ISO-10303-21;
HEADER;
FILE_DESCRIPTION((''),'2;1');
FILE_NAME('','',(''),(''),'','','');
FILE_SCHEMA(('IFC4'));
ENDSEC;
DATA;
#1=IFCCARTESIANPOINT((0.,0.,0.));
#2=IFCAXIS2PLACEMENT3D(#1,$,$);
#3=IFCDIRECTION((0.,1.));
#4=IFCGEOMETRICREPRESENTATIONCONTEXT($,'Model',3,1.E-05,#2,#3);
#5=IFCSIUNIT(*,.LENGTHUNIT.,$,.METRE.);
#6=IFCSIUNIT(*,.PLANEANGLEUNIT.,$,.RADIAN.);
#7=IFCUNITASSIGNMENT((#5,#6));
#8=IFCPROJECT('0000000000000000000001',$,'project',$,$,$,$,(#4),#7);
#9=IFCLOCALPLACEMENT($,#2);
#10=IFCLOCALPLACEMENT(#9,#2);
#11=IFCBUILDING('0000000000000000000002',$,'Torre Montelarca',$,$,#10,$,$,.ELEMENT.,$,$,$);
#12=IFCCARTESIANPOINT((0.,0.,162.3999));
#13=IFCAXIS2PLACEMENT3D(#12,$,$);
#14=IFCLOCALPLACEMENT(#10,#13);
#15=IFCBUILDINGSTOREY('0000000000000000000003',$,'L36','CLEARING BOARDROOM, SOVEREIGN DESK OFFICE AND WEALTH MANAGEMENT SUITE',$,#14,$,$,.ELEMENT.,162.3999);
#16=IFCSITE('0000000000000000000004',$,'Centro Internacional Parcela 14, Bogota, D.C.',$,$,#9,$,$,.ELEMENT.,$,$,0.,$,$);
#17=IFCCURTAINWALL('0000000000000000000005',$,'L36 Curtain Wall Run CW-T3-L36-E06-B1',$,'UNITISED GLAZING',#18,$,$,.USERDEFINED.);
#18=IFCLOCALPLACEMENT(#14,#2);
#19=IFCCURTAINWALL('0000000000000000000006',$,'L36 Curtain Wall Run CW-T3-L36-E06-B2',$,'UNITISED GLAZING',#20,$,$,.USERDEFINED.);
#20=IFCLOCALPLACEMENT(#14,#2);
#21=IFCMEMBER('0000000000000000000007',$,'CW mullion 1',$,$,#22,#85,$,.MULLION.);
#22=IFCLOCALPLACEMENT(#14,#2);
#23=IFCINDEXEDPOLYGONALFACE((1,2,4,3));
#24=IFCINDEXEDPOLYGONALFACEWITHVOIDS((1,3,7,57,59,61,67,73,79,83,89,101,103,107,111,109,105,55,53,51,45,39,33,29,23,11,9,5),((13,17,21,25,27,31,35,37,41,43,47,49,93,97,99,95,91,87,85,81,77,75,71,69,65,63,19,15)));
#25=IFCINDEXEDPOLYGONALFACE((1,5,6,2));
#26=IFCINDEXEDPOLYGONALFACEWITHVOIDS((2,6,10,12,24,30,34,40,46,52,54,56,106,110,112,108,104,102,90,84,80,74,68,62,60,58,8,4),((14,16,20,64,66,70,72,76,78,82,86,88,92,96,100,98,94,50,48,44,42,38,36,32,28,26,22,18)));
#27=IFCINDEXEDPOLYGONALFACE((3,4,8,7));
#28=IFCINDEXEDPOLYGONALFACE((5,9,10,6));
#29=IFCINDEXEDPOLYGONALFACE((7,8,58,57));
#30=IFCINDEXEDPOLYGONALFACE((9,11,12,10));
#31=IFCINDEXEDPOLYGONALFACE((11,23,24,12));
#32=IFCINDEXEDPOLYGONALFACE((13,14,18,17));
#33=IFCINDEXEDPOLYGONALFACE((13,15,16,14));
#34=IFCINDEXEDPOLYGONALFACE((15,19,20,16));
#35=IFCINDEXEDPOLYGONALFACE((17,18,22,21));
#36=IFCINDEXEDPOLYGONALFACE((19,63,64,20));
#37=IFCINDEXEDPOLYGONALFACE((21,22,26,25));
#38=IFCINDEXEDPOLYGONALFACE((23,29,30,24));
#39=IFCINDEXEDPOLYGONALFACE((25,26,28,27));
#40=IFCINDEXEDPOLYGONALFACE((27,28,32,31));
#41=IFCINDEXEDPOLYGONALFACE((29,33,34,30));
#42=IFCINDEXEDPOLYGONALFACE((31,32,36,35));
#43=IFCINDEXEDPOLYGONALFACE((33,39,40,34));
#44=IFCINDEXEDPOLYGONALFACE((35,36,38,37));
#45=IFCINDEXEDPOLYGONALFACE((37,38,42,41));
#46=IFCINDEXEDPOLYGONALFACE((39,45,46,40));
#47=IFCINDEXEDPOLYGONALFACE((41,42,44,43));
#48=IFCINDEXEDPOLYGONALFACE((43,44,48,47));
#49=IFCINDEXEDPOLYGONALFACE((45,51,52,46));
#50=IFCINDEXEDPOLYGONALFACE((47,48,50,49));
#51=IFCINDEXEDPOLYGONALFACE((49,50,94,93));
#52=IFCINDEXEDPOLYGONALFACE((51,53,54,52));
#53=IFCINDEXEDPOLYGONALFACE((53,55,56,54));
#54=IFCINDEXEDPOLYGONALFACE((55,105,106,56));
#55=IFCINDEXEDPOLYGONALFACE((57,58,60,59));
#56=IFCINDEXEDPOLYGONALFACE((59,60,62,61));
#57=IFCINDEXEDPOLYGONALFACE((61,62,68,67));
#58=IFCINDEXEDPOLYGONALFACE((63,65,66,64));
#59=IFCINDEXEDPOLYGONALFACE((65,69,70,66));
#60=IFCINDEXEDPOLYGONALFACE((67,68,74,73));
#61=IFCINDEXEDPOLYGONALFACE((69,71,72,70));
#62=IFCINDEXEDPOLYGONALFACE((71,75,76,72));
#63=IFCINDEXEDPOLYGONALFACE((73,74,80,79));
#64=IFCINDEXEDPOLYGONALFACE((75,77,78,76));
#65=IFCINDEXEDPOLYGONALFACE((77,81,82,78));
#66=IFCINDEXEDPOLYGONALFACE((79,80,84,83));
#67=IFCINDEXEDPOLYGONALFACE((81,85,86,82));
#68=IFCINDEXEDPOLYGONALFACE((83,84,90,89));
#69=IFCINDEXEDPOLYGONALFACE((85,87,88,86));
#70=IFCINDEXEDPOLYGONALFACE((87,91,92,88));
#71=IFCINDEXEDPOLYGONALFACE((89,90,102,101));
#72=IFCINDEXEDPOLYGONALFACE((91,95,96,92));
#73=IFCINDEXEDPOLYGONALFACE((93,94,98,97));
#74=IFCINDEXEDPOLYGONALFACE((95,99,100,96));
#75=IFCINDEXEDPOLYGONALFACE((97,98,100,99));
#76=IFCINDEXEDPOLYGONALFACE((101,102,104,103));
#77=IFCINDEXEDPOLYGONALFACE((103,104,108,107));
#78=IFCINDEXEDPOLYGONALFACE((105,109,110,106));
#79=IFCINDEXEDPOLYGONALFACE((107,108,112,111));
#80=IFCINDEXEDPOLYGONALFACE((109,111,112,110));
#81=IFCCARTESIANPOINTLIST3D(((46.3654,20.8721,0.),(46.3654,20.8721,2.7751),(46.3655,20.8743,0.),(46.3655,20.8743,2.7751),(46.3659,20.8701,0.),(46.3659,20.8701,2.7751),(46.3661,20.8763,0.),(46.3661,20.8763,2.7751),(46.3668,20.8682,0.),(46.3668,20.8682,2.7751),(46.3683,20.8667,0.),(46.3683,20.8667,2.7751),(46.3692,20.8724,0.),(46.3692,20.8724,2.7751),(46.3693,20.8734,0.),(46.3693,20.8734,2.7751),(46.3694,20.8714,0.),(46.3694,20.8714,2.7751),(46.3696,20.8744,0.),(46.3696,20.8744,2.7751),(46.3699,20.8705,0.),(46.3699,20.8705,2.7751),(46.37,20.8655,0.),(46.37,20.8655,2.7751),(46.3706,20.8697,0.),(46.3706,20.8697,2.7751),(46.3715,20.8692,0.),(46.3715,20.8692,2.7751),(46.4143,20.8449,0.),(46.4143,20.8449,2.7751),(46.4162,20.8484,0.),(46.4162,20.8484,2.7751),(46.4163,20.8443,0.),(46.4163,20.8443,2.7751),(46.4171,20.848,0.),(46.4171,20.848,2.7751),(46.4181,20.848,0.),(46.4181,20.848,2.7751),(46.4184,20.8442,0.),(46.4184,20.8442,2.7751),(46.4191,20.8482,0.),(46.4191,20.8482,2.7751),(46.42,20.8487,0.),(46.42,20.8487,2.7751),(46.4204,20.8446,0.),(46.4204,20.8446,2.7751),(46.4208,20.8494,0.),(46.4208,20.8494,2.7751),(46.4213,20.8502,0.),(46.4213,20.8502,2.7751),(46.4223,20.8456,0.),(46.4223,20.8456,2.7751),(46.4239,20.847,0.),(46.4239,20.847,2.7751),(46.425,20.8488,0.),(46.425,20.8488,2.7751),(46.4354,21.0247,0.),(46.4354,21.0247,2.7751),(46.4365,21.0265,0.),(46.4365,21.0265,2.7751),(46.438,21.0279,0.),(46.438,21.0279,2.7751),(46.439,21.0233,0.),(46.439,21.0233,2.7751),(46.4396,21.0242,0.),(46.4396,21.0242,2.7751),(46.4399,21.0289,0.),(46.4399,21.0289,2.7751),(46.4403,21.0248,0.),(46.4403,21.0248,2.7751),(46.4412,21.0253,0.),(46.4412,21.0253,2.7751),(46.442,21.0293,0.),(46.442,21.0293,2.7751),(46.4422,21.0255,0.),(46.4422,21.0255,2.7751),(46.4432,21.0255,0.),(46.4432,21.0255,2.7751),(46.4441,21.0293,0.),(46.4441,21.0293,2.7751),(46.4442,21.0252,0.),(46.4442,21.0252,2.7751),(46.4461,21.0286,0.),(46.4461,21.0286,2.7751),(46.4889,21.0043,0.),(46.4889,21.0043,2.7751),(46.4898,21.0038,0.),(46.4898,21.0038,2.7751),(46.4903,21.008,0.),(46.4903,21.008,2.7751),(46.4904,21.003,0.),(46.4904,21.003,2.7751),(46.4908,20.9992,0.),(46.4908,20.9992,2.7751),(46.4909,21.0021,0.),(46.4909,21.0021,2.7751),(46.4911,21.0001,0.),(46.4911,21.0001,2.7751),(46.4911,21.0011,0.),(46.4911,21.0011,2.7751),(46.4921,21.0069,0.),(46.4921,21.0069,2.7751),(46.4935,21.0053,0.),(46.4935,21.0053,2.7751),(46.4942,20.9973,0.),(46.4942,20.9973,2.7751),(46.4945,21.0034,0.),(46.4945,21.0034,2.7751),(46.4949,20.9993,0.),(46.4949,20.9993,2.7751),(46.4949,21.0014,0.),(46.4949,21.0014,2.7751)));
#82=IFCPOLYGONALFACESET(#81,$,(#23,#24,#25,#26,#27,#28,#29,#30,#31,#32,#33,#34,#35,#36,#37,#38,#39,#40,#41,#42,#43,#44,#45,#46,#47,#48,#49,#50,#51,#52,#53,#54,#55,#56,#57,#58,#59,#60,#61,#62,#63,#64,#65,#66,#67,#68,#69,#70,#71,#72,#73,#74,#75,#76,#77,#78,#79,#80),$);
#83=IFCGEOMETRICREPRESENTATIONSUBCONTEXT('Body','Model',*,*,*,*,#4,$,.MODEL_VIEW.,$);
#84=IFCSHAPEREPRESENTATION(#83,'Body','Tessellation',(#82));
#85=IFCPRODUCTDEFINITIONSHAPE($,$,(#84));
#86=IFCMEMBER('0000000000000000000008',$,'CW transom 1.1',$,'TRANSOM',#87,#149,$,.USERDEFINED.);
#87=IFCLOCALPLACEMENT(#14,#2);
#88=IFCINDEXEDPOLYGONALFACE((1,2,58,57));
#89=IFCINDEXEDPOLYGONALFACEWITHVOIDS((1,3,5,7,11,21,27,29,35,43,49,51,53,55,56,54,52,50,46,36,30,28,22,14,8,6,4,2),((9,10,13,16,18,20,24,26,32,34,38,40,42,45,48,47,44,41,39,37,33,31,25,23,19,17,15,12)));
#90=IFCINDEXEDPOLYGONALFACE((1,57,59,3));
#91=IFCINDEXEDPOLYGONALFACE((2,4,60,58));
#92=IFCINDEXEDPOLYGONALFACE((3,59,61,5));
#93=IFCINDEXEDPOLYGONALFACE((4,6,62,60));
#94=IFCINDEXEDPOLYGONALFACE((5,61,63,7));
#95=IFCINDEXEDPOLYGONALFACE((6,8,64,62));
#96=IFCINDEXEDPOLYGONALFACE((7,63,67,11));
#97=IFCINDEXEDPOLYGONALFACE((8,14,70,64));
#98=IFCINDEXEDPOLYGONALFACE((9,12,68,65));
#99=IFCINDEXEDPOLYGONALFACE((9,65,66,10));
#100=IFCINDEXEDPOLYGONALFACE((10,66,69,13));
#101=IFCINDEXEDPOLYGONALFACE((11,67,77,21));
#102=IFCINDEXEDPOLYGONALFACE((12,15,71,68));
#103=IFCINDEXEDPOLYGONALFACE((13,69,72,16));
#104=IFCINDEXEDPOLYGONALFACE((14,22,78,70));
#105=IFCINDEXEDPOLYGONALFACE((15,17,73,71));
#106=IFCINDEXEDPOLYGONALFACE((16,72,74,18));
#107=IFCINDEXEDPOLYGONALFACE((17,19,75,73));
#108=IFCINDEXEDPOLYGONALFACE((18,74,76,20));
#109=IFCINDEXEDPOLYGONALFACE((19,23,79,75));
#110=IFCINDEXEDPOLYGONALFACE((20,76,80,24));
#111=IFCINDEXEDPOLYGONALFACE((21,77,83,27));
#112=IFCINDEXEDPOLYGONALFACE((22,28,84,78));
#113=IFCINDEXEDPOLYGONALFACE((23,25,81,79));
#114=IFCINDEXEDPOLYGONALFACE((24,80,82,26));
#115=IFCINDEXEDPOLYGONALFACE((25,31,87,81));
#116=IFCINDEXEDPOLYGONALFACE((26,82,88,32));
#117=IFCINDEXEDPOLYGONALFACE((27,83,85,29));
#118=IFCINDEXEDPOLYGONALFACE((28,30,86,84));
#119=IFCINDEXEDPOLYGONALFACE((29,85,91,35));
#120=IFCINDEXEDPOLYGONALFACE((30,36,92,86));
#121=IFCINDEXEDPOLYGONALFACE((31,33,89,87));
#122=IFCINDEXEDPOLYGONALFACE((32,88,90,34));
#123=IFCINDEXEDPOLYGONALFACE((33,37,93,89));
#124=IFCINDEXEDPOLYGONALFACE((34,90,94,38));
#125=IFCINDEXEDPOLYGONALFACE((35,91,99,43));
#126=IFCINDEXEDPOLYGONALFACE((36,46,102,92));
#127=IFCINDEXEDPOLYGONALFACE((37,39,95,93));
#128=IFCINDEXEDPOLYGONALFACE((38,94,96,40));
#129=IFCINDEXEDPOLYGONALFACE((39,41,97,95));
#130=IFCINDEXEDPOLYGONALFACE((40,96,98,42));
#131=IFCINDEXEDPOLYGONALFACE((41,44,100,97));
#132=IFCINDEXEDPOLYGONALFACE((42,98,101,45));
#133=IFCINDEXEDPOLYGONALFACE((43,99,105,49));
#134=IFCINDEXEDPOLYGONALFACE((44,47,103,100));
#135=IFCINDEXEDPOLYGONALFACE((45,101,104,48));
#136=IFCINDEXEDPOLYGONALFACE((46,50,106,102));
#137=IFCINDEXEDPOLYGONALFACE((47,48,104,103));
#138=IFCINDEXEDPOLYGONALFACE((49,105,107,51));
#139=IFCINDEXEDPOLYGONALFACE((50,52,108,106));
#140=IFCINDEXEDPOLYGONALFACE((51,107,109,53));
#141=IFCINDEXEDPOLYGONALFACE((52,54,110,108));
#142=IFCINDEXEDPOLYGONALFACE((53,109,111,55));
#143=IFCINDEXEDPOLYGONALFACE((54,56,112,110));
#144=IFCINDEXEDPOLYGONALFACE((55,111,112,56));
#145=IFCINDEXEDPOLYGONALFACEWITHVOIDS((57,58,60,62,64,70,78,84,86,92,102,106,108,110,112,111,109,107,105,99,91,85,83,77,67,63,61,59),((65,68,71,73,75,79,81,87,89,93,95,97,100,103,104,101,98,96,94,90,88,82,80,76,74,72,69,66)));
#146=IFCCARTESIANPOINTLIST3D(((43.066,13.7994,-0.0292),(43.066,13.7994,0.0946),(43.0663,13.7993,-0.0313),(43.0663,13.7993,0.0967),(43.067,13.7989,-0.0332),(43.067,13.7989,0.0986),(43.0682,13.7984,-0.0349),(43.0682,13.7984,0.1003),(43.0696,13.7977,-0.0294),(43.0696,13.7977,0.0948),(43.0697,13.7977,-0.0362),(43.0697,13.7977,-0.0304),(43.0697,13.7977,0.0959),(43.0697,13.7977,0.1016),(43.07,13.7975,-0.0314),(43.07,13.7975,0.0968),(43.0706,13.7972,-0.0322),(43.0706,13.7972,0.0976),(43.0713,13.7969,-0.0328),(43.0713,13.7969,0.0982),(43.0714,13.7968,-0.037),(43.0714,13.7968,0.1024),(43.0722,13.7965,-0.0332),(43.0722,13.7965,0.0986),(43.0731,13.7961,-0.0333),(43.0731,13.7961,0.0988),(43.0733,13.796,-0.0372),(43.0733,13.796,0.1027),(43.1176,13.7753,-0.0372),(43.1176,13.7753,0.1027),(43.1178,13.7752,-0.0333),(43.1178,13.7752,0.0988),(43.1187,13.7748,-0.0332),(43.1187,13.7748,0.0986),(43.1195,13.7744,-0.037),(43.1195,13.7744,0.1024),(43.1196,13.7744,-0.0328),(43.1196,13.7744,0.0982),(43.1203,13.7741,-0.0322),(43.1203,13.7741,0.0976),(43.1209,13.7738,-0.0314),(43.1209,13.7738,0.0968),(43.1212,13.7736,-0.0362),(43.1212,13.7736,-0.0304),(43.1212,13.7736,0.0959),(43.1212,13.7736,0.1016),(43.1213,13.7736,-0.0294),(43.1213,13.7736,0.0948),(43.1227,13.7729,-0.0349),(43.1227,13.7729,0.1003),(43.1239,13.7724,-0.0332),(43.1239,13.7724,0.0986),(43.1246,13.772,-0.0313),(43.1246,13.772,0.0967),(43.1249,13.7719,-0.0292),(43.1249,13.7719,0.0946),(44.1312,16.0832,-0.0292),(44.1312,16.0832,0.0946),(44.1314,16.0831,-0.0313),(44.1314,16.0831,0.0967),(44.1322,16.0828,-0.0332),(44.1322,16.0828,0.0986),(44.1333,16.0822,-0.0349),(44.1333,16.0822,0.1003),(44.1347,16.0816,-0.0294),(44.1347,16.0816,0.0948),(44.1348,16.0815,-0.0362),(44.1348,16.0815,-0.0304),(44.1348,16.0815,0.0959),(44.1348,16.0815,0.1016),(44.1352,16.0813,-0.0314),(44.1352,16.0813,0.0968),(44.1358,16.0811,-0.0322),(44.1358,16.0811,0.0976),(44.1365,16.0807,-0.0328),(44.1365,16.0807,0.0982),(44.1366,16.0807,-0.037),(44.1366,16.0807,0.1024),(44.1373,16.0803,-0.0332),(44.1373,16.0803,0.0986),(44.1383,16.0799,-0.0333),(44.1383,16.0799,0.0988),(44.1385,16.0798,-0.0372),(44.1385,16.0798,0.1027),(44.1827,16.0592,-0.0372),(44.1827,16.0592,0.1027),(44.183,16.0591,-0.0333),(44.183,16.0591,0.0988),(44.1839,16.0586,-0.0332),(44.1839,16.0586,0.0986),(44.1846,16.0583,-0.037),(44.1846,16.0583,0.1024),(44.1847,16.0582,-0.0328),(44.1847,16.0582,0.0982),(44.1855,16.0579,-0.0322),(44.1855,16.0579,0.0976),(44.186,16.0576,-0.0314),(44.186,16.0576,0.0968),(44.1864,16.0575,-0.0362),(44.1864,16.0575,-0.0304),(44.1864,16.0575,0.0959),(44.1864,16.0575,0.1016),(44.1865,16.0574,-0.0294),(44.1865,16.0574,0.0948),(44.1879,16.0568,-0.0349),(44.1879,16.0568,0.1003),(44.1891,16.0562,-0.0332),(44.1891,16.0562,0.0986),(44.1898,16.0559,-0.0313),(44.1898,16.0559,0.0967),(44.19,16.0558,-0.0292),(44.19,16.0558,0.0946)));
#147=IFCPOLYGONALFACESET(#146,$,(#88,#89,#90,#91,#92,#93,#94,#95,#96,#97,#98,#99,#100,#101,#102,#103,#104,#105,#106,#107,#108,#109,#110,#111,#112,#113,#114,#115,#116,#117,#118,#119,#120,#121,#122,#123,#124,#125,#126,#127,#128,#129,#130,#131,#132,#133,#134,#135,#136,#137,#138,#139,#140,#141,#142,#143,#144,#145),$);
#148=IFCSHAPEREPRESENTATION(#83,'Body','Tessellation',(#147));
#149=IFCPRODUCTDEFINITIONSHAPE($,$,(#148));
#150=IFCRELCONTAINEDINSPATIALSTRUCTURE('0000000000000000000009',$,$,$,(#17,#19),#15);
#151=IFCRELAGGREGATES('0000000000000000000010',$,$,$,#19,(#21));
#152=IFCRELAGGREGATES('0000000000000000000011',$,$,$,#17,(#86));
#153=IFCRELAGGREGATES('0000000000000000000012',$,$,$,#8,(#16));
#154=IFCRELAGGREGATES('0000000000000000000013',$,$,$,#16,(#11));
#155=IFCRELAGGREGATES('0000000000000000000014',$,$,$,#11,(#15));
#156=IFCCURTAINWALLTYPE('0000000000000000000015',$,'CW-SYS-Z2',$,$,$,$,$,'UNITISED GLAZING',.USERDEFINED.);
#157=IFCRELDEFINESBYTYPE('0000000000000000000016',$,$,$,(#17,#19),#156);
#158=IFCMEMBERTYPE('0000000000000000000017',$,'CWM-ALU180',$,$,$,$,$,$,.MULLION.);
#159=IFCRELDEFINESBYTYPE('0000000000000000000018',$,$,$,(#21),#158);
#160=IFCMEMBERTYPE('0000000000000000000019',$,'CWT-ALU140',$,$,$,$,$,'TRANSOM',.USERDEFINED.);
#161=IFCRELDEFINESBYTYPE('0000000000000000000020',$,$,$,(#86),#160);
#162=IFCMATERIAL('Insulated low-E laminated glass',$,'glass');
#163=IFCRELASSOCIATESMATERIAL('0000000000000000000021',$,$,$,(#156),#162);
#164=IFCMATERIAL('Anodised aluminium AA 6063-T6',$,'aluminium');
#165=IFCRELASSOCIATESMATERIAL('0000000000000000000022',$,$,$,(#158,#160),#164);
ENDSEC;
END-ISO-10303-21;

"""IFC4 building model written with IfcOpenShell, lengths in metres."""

from ifc_helpers import new_model, si_unit, direction, frame, origin, origin_2d, place, context, subcontext, project, spatial, hollow_rectangle, extrude, source, transform, mapped, material, material_profile, profile_set, type_object, element, aggregate, save


model = new_model("IFC4")

# Units and contexts
model_context = context("Model", 3, precision=1e-05, world=origin(), true_north=direction((0.0, 1.0)))
body_context = subcontext(model_context, "Body", "Model", "MODEL_VIEW")
ifc_project = project(units=[si_unit("LENGTHUNIT", "METRE"), si_unit("PLANEANGLEUNIT", "RADIAN")], contexts=[model_context])

# Site, building, storey
site_placement = place(None, origin())
site = spatial("IfcSite", under=ifc_project, at=site_placement, Name="Centro Internacional Parcela 14, Bogota, D.C.", CompositionType="ELEMENT", RefElevation=0.0)
building_placement = place(site_placement, origin())
building = spatial("IfcBuilding", under=site, at=building_placement, Name="Torre Montelarca", CompositionType="ELEMENT")
storey_placement = place(building_placement, frame((0.0, 0.0, 162.3999)))
storey = spatial("IfcBuildingStorey", under=building, at=storey_placement, Name="L36", Description="CLEARING BOARDROOM, SOVEREIGN DESK OFFICE AND WEALTH MANAGEMENT SUITE", CompositionType="ELEMENT", Elevation=162.3999)

# Curtain wall
ifc_material_1 = material(Name="Insulated low-E laminated glass", Category="glass")
curtain_wall_type = type_object("IfcCurtainWallType", Name="CW-SYS-Z2", ElementType="UNITISED GLAZING", PredefinedType="USERDEFINED", material=ifc_material_1)
ifc_material_2 = material(Name="Anodised aluminium AA 6063-T6", Category="aluminium")
ifc_material_profile_1 = material_profile(ifc_material_2, hollow_rectangle(XDim=0.0649, YDim=0.1799, WallThickness=0.0039, InnerFilletRadius=0.0039, OuterFilletRadius=0.0081, at=origin_2d()), Name="ALU65X180X4", Category="aluminium")
ifc_profile_set_1 = profile_set([ifc_material_profile_1], Name="Anodised aluminium AA 6063-T6")
member_type_1 = type_object("IfcMemberType", Name="CWM-ALU180", PredefinedType="MULLION", material=ifc_profile_set_1)
shared_shape_1 = source(origin(), body_context, "Body", "SweptSolid", [
    extrude(hollow_rectangle(XDim=0.0649, YDim=0.1799, WallThickness=0.0039, InnerFilletRadius=0.0039, OuterFilletRadius=0.0081, at=origin_2d()), origin(), (0.0, 0.0, 1.0), 2.7751),
])
curtain_wall_1_placement = place(storey_placement, origin())
curtain_wall_1 = element("IfcCurtainWall", 1, at=curtain_wall_1_placement, inside=storey, type_object=curtain_wall_type, Name="L36 Curtain Wall Run CW-T3-L36-E06-B1", ObjectType="UNITISED GLAZING", PredefinedType="USERDEFINED")

# Curtain wall, member
curtain_wall_2_placement = place(storey_placement, origin())
curtain_wall_2 = element("IfcCurtainWall", 2, at=curtain_wall_2_placement, inside=storey, type_object=curtain_wall_type, Name="L36 Curtain Wall Run CW-T3-L36-E06-B2", ObjectType="UNITISED GLAZING", PredefinedType="USERDEFINED")
member_1_placement = place(storey_placement, frame((46.4302, 20.9368, 0.0), z_axis=(0.0, 0.0, 1.0), x_axis=(-0.906301, 0.422632, 0.0)))
member_1 = element("IfcMember", 3, at=member_1_placement, type_object=member_type_1, Name="CW mullion 1", PredefinedType="MULLION", context=body_context, shape_type="MappedRepresentation", body=[
    mapped(shared_shape_1, transform((0.0, 0.0, 0.0), scale=1.0)),
])
aggregate(curtain_wall_2, [member_1])

# Member
ifc_material_profile_2 = material_profile(ifc_material_2, hollow_rectangle(XDim=0.0649, YDim=0.1399, WallThickness=0.0039, InnerFilletRadius=0.0039, OuterFilletRadius=0.0081, at=origin_2d()), Name="ALU65X140X4", Category="aluminium")
ifc_profile_set_2 = profile_set([ifc_material_profile_2], Name="Anodised aluminium AA 6063-T6")
member_type_2 = type_object("IfcMemberType", Name="CWT-ALU140", ElementType="TRANSOM", PredefinedType="USERDEFINED", material=ifc_profile_set_2)
shared_shape_2 = source(origin(), body_context, "Body", "SweptSolid", [
    extrude(hollow_rectangle(XDim=0.0649, YDim=0.1399, WallThickness=0.0039, InnerFilletRadius=0.0039, OuterFilletRadius=0.0081, at=origin_2d()), origin(), (0.0, 0.0, 1.0), 2.52),
])
member_2_placement = place(storey_placement, frame((43.0955, 13.7856, 0.0327), z_axis=(0.422673, 0.906282, 0.0), x_axis=(-0.906282, 0.422673, 0.0)))
member_2 = element("IfcMember", 4, at=member_2_placement, type_object=member_type_2, Name="CW transom 1.1", ObjectType="TRANSOM", PredefinedType="USERDEFINED", context=body_context, shape_type="MappedRepresentation", body=[
    mapped(shared_shape_2, transform((0.0, 0.0, 0.0), scale=1.0)),
])

aggregate(curtain_wall_1, [member_2])

save(model, "model.ifc")
